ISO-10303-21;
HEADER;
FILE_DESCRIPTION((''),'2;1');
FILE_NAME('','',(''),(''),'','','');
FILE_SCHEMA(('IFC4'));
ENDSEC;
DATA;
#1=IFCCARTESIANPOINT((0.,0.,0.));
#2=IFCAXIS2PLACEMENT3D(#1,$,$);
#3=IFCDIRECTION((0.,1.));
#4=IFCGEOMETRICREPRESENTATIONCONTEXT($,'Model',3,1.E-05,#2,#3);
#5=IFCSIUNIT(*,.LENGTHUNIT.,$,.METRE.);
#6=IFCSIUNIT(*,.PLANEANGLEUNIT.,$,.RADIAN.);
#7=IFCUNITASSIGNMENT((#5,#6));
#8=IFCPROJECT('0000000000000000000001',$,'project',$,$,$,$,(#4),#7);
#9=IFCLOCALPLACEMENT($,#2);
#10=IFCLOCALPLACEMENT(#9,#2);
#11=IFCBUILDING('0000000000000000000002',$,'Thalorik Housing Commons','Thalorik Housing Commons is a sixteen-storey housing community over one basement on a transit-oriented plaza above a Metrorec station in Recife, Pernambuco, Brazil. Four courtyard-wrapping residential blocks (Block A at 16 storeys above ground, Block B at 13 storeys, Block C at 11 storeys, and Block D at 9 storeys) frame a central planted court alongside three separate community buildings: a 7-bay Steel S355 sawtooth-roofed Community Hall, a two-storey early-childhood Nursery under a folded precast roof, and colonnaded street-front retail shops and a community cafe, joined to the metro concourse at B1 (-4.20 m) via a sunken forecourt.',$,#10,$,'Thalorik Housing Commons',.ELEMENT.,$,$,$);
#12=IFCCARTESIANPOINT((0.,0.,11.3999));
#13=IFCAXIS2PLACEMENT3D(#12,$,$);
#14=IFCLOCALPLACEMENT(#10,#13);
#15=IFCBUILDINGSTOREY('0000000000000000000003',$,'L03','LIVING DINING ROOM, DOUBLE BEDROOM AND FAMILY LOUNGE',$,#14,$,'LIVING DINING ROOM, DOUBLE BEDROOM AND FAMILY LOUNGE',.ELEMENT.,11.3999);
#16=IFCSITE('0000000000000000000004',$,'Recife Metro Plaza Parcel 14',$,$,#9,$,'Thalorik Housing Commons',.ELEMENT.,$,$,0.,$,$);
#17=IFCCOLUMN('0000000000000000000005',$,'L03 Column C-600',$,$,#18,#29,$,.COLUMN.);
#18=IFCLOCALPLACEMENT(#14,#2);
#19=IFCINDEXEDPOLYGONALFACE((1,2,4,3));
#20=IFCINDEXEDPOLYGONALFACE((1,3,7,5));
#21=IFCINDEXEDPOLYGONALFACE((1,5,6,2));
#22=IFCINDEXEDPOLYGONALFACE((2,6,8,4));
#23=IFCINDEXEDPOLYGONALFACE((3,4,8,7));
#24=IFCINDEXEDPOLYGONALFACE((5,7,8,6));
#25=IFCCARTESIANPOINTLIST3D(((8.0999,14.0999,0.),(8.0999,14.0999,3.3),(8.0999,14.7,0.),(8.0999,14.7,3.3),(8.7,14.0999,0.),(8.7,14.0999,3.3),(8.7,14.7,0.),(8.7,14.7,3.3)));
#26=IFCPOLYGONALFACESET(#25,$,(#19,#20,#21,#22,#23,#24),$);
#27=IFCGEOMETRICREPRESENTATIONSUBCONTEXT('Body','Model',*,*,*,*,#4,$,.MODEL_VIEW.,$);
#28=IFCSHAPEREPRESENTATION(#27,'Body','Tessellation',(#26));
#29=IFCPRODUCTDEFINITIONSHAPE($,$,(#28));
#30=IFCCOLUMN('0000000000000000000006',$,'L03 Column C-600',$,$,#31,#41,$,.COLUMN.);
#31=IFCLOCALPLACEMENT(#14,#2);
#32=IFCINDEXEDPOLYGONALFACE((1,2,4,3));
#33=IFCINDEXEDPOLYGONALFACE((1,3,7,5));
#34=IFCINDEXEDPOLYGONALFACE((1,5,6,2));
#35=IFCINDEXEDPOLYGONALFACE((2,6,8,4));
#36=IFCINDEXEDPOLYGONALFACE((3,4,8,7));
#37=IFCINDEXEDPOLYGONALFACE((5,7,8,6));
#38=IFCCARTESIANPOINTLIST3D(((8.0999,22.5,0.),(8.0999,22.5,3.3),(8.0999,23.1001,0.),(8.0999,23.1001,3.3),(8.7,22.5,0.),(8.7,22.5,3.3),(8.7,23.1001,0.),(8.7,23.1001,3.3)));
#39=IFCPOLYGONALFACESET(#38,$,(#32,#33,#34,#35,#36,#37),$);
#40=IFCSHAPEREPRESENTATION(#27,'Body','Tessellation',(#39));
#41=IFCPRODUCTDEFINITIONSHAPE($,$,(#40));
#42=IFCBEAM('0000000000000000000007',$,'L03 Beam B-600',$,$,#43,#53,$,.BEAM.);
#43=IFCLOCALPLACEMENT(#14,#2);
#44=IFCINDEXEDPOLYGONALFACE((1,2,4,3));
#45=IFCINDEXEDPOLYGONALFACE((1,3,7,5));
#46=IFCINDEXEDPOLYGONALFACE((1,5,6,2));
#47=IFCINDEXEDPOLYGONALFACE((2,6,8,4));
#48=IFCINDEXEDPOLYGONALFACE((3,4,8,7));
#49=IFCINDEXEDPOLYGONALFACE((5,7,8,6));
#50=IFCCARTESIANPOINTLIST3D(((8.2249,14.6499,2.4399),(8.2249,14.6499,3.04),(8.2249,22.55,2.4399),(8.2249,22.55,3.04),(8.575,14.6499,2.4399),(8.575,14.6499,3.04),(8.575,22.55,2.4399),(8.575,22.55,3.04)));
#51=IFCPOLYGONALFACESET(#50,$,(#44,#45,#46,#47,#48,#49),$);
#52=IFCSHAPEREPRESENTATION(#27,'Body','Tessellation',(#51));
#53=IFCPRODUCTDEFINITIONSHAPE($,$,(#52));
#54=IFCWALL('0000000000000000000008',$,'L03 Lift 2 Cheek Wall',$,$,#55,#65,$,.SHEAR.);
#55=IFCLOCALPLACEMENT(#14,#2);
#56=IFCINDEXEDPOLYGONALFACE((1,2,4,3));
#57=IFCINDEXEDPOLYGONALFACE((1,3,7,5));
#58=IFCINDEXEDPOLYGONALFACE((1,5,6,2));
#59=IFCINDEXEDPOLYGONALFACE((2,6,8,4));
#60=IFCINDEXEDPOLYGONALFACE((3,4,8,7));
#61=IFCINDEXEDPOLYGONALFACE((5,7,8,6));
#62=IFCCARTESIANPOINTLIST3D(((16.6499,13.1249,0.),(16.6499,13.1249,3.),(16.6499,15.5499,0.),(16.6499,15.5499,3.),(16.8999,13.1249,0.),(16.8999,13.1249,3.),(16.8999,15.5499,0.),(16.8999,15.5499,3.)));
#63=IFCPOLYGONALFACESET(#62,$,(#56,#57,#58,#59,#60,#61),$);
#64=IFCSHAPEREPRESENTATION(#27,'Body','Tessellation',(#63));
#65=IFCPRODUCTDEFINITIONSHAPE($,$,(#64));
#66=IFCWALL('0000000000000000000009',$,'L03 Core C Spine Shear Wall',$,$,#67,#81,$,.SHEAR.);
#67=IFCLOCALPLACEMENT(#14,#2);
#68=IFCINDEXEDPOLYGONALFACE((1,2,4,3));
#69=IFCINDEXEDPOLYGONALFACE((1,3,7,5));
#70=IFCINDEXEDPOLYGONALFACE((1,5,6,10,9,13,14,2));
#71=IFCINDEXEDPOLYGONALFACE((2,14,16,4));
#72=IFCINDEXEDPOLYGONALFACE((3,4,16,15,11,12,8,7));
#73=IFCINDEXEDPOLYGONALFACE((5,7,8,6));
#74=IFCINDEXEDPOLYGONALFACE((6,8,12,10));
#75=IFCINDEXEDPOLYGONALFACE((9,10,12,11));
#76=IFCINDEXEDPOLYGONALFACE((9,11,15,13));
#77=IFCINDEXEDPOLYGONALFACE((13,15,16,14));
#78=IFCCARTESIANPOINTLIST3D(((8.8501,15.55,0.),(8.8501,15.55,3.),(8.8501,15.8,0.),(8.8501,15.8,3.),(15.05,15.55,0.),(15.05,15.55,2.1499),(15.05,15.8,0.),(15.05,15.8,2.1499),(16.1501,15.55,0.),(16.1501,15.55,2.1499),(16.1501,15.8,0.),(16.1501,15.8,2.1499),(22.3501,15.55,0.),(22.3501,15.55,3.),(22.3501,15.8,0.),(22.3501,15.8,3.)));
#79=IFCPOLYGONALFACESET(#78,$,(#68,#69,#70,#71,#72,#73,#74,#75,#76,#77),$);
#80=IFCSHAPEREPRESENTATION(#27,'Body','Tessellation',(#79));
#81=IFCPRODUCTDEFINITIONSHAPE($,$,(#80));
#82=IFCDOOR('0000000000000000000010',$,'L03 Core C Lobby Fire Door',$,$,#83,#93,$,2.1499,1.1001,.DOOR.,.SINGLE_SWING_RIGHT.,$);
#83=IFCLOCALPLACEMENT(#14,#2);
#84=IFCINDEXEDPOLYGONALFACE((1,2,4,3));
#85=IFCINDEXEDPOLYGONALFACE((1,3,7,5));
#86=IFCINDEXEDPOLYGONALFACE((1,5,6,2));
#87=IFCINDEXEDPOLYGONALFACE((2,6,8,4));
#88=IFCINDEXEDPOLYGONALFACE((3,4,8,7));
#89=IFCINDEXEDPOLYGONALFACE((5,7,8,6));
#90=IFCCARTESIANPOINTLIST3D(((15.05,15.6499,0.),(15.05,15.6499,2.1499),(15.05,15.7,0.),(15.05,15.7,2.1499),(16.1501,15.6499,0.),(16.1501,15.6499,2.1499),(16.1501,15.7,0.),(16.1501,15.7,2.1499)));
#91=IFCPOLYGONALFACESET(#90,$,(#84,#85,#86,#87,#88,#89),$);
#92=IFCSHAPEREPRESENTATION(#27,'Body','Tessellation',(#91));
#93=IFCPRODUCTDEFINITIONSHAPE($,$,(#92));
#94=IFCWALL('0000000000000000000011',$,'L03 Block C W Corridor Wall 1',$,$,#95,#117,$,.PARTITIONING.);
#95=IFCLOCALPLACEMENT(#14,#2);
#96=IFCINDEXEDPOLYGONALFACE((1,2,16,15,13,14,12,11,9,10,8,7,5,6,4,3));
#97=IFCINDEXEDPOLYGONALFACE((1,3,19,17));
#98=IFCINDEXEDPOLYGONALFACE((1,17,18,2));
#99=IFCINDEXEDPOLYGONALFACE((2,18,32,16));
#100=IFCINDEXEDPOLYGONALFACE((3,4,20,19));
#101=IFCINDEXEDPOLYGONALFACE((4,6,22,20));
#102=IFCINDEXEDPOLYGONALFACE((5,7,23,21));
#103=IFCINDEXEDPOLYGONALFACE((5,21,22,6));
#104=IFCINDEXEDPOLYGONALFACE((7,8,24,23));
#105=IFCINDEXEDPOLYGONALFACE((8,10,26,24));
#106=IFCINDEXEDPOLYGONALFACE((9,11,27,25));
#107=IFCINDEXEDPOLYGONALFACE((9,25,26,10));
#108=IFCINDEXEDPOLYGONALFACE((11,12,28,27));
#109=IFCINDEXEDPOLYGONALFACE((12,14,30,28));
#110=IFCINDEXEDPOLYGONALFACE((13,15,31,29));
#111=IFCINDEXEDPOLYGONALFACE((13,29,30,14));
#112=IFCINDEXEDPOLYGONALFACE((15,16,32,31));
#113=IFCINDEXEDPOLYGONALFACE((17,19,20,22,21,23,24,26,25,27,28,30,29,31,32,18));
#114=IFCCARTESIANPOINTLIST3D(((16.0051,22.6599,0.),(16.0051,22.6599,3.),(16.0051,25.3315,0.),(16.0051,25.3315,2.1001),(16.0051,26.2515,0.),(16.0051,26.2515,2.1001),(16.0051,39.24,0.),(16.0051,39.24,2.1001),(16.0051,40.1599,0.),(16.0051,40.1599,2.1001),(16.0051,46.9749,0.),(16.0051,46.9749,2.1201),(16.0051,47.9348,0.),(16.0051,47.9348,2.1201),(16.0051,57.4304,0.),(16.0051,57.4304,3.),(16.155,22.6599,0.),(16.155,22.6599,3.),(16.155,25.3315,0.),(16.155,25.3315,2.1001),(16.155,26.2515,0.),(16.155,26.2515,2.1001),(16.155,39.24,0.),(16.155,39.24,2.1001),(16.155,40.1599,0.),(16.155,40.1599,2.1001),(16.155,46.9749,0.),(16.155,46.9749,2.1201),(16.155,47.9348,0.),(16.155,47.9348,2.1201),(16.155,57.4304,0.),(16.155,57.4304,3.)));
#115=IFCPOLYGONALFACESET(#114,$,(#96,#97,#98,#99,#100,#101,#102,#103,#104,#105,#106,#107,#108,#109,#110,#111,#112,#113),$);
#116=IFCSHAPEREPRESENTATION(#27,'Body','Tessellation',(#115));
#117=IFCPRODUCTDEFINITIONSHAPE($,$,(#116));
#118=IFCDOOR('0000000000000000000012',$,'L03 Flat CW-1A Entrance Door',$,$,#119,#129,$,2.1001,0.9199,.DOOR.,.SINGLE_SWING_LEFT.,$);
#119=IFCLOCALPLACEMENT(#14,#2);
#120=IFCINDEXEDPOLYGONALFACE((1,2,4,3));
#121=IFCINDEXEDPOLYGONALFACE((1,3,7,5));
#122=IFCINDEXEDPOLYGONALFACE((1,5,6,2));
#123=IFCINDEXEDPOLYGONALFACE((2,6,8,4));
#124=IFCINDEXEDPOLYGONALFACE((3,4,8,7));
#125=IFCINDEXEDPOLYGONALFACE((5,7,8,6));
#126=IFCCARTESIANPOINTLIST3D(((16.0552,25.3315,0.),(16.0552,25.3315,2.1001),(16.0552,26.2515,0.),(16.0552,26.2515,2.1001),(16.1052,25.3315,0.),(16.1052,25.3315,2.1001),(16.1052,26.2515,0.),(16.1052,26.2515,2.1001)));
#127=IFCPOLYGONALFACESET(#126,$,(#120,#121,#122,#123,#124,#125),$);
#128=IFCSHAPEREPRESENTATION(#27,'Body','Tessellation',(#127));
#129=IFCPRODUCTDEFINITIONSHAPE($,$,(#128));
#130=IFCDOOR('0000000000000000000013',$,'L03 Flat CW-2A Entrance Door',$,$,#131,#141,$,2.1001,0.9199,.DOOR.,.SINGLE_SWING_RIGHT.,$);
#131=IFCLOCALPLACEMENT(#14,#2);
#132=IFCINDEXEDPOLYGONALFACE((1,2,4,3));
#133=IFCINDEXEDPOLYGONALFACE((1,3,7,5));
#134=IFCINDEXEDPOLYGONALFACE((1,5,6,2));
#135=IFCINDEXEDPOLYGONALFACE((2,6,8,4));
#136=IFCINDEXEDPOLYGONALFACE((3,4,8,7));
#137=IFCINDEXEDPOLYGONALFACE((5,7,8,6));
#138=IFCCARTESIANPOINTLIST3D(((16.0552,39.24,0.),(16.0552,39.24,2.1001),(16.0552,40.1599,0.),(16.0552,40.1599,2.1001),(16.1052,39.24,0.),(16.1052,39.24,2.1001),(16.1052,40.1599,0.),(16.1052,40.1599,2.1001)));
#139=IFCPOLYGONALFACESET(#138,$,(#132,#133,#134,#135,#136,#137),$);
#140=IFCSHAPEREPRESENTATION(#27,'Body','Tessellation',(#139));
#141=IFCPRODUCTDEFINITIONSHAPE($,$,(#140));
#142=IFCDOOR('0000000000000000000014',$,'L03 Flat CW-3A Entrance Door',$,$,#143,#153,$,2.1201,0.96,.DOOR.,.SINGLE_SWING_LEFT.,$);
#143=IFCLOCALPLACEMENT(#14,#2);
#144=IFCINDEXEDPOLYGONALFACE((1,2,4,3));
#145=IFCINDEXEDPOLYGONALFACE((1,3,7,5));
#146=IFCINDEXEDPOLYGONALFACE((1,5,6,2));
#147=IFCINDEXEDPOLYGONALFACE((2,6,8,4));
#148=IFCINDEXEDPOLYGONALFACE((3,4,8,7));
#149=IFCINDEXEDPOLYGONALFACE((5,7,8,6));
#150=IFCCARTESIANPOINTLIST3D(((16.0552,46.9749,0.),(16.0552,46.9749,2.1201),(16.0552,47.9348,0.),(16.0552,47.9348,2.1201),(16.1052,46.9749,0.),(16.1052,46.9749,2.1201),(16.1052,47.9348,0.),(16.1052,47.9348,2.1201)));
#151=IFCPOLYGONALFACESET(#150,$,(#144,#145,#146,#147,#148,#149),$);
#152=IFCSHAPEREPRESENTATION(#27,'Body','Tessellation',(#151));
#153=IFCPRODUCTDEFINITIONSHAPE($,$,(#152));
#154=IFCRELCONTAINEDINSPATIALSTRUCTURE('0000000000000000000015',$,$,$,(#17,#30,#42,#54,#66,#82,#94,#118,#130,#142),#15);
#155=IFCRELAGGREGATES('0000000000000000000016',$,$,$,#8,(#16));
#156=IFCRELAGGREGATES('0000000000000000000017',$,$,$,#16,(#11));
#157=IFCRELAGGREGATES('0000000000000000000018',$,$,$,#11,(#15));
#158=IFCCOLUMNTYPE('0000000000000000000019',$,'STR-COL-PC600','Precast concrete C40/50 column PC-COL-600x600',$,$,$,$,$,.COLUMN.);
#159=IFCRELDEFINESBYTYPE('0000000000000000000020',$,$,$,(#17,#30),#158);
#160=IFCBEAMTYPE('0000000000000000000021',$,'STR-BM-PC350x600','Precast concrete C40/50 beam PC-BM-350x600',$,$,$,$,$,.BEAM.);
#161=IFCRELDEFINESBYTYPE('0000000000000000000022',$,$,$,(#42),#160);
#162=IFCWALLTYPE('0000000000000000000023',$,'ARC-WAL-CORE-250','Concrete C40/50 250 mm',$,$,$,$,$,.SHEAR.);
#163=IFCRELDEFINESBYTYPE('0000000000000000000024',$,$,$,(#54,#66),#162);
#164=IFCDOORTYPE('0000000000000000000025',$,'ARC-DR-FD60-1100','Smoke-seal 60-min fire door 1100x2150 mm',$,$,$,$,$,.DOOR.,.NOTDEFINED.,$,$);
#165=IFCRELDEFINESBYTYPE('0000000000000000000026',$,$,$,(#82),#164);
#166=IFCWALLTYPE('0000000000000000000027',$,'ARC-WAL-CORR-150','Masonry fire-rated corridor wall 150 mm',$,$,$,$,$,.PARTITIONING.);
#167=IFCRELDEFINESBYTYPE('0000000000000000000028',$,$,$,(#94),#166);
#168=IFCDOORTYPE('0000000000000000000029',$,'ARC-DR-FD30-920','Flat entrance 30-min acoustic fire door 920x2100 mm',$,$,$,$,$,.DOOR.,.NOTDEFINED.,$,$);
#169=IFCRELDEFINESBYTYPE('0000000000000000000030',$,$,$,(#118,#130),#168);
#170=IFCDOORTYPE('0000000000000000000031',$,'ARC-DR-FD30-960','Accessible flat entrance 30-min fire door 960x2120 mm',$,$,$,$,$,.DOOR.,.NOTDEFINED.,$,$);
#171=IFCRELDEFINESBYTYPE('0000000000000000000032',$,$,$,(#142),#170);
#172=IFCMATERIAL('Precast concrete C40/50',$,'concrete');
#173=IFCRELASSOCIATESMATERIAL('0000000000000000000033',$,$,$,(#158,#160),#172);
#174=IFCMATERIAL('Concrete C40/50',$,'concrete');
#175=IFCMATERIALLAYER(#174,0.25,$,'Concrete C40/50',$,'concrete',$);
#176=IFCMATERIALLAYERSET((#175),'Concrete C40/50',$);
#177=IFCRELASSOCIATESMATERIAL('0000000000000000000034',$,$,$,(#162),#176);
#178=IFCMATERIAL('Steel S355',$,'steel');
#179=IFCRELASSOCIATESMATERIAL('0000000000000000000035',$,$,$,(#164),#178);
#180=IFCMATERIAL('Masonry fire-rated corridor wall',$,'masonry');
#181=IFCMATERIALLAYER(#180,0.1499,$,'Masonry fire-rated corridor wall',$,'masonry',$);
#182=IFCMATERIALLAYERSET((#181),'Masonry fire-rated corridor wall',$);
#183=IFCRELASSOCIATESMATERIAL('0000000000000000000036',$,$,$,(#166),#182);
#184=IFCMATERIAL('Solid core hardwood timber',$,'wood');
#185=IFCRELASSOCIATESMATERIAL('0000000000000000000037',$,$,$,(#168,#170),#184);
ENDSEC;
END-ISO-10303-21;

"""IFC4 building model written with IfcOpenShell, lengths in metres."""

from ifc_helpers import new_model, si_unit, direction, frame, frame_2d, origin, origin_2d, place, context, subcontext, project, spatial, rectangle, extrude, material, layer, layer_set, material_profile, profile_set, type_object, element, fill, save


model = new_model("IFC4")

# Units and contexts
model_context = context("Model", 3, precision=1e-05, world=origin(), true_north=direction((0.0, 1.0)))
body_context = subcontext(model_context, "Body", "Model", "MODEL_VIEW")
ifc_project = project(units=[si_unit("LENGTHUNIT", "METRE"), si_unit("PLANEANGLEUNIT", "RADIAN")], contexts=[model_context])

# Site, building, storey
site_placement = place(None, origin())
site = spatial("IfcSite", under=ifc_project, at=site_placement, Name="Recife Metro Plaza Parcel 14", LongName="Thalorik Housing Commons", CompositionType="ELEMENT", RefElevation=0.0)
building_placement = place(site_placement, origin())
building = spatial("IfcBuilding", under=site, at=building_placement, Name="Thalorik Housing Commons", Description="Thalorik Housing Commons is a sixteen-storey housing community over one basement on a transit-oriented plaza above a Metrorec station in Recife, Pernambuco, Brazil. Four courtyard-wrapping residential blocks (Block A at 16 storeys above ground, Block B at 13 storeys, Block C at 11 storeys, and Block D at 9 storeys) frame a central planted court alongside three separate community buildings: a 7-bay Steel S355 sawtooth-roofed Community Hall, a two-storey early-childhood Nursery under a folded precast roof, and colonnaded street-front retail shops and a community cafe, joined to the metro concourse at B1 (-4.20 m) via a sunken forecourt.", LongName="Thalorik Housing Commons", CompositionType="ELEMENT")
storey_placement = place(building_placement, frame((0.0, 0.0, 11.3999)))
storey = spatial("IfcBuildingStorey", under=building, at=storey_placement, Name="L03", Description="LIVING DINING ROOM, DOUBLE BEDROOM AND FAMILY LOUNGE", LongName="LIVING DINING ROOM, DOUBLE BEDROOM AND FAMILY LOUNGE", CompositionType="ELEMENT", Elevation=11.3999)

# Columns
ifc_material_1 = material(Name="Precast concrete C40/50", Category="concrete")
ifc_material_profile_1 = material_profile(ifc_material_1, rectangle(XDim=0.6001, YDim=0.6001, at=origin_2d()), Name="PC 600x600", Category="concrete")
ifc_profile_set_1 = profile_set([ifc_material_profile_1], Name="Precast concrete C40/50")
column_type = type_object("IfcColumnType", Name="STR-COL-PC600", Description="Precast concrete C40/50 column PC-COL-600x600", PredefinedType="COLUMN", material=ifc_profile_set_1)
for number, where, z_axis, x_axis, name in (
    (1, (8.3999, 14.3999, 0.0), (0.0, 0.0, 1.0), (1.0, 0.0, 0.0), "L03 Column C-600"),
    (2, (8.3999, 22.8, 0.0), (0.0, 0.0, 1.0), (1.0, 0.0, 0.0), "L03 Column C-600"),
):
    element("IfcColumn", number, at=place(storey_placement, frame(where, z_axis=z_axis, x_axis=x_axis)), inside=storey, type_object=column_type, Name=name, PredefinedType="COLUMN", context=body_context, shape_type="SweptSolid", body=[
        extrude(rectangle(XDim=0.6001, YDim=0.6001, at=origin_2d()), origin(), (0.0, 0.0, 1.0), 3.3),
    ])

# Beam
ifc_material_profile_2 = material_profile(ifc_material_1, rectangle(XDim=0.3501, YDim=0.6001, at=origin_2d()), Name="PC 350x600", Category="concrete")
ifc_profile_set_2 = profile_set([ifc_material_profile_2], Name="Precast concrete C40/50")
beam_type = type_object("IfcBeamType", Name="STR-BM-PC350x600", Description="Precast concrete C40/50 beam PC-BM-350x600", PredefinedType="BEAM", material=ifc_profile_set_2)
beam_placement = place(storey_placement, frame((8.3999, 14.6499, 2.74), z_axis=(0.0, 1.0, 0.0), x_axis=(-1.0, 0.0, 0.0)))
element("IfcBeam", 3, at=beam_placement, inside=storey, type_object=beam_type, Name="L03 Beam B-600", PredefinedType="BEAM", context=body_context, shape_type="SweptSolid", body=[
    extrude(rectangle(XDim=0.3501, YDim=0.6001, at=origin_2d()), origin(), (0.0, 0.0, 1.0), 7.9001),
])

# Wall
ifc_material_2 = material(Name="Concrete C40/50", Category="concrete")
ifc_layer_1 = layer(ifc_material_2, 0.25, Name="Concrete C40/50", Category="concrete")
ifc_layer_set_1 = layer_set([ifc_layer_1], Name="Concrete C40/50")
wall_type_1 = type_object("IfcWallType", Name="ARC-WAL-CORE-250", Description="Concrete C40/50 250 mm", PredefinedType="SHEAR", material=ifc_layer_set_1)
wall_1_placement = place(storey_placement, frame((16.7749, 13.125, 0.0), z_axis=(0.0, 0.0, 1.0), x_axis=(0.0, 1.0, 0.0)))
element("IfcWall", 4, at=wall_1_placement, inside=storey, type_object=wall_type_1, Name="L03 Lift 2 Cheek Wall", PredefinedType="SHEAR", context=body_context, shape_type="SweptSolid", body=[
    extrude(rectangle(XDim=2.425, YDim=0.25, at=frame_2d((1.2124, 0.0))), origin(), (0.0, 0.0, 1.0), 3.0),
])

# Wall, opening, door
wall_2_placement = place(storey_placement, frame((8.8501, 15.675, 0.0), z_axis=(0.0, 0.0, 1.0), x_axis=(1.0, 0.0, 0.0)))
wall_2 = element("IfcWall", 5, at=wall_2_placement, inside=storey, type_object=wall_type_1, Name="L03 Core C Spine Shear Wall", PredefinedType="SHEAR", context=body_context, shape_type="SweptSolid", body=[
    extrude(rectangle(XDim=13.5, YDim=0.25, at=frame_2d((6.75, 0.0))), origin(), (0.0, 0.0, 1.0), 3.0),
])
opening_1_placement = place(wall_2_placement, frame((6.2, 0.0, 0.0)))
opening_1 = element("IfcOpeningElement", 6, at=opening_1_placement, cuts=wall_2, PredefinedType="OPENING", context=body_context, shape_type="SweptSolid", body=[
    extrude(rectangle(XDim=1.1001, YDim=2.1499, at=frame_2d((0.55, 1.075))), frame((0.0, 0.135, 0.0), z_axis=(0.0, -1.0, 0.0), x_axis=(1.0, 0.0, 0.0)), (0.0, 0.0, 1.0), 0.27),
])
ifc_material_3 = material(Name="Steel S355", Category="steel")
door_type_1 = type_object("IfcDoorType", Name="ARC-DR-FD60-1100", Description="Smoke-seal 60-min fire door 1100x2150 mm", OperationType="NOTDEFINED", PredefinedType="DOOR", material=ifc_material_3)
door_1_placement = place(opening_1_placement, origin())
door_1 = element("IfcDoor", 7, at=door_1_placement, inside=storey, type_object=door_type_1, Name="L03 Core C Lobby Fire Door", OperationType="SINGLE_SWING_RIGHT", OverallHeight=2.1499, OverallWidth=1.1001, PredefinedType="DOOR", context=body_context, shape_type="SweptSolid", body=[
    extrude(rectangle(XDim=1.1001, YDim=2.1499, at=frame_2d((0.55, 1.075))), frame((0.0, 0.0249, 0.0), z_axis=(0.0, -1.0, 0.0), x_axis=(1.0, 0.0, 0.0)), (0.0, 0.0, 1.0), 0.05),
])
fill(opening_1, door_1)

# Wall, openings, doors
ifc_material_4 = material(Name="Masonry fire-rated corridor wall", Category="masonry")
ifc_layer_2 = layer(ifc_material_4, 0.1499, Name="Masonry fire-rated corridor wall", Category="masonry")
ifc_layer_set_2 = layer_set([ifc_layer_2], Name="Masonry fire-rated corridor wall")
wall_type_2 = type_object("IfcWallType", Name="ARC-WAL-CORR-150", Description="Masonry fire-rated corridor wall 150 mm", PredefinedType="PARTITIONING", material=ifc_layer_set_2)
wall_3_placement = place(storey_placement, frame((16.0801, 22.6599, 0.0), z_axis=(0.0, 0.0, 1.0), x_axis=(0.0, 1.0, 0.0)))
wall_3 = element("IfcWall", 8, at=wall_3_placement, inside=storey, type_object=wall_type_2, Name="L03 Block C W Corridor Wall 1", PredefinedType="PARTITIONING", context=body_context, shape_type="SweptSolid", body=[
    extrude(rectangle(XDim=34.7705, YDim=0.1499, at=frame_2d((17.3853, 0.0))), origin(), (0.0, 0.0, 1.0), 3.0),
])
opening_2_placement = place(wall_3_placement, frame((2.6716, 0.0, 0.0)))
opening_2 = element("IfcOpeningElement", 9, at=opening_2_placement, cuts=wall_3, PredefinedType="OPENING", context=body_context, shape_type="SweptSolid", body=[
    extrude(rectangle(XDim=0.9199, YDim=2.1001, at=frame_2d((0.46, 1.05))), frame((0.0, 0.085, 0.0), z_axis=(0.0, -1.0, 0.0), x_axis=(1.0, 0.0, 0.0)), (0.0, 0.0, 1.0), 0.1699),
])
opening_3_placement = place(wall_3_placement, frame((16.5801, 0.0, 0.0)))
opening_3 = element("IfcOpeningElement", 10, at=opening_3_placement, cuts=wall_3, PredefinedType="OPENING", context=body_context, shape_type="SweptSolid", body=[
    extrude(rectangle(XDim=0.9199, YDim=2.1001, at=frame_2d((0.46, 1.05))), frame((0.0, 0.085, 0.0), z_axis=(0.0, -1.0, 0.0), x_axis=(1.0, 0.0, 0.0)), (0.0, 0.0, 1.0), 0.1699),
])
opening_4_placement = place(wall_3_placement, frame((24.3149, 0.0, 0.0)))
opening_4 = element("IfcOpeningElement", 11, at=opening_4_placement, cuts=wall_3, PredefinedType="OPENING", context=body_context, shape_type="SweptSolid", body=[
    extrude(rectangle(XDim=0.96, YDim=2.1201, at=frame_2d((0.48, 1.0601))), frame((0.0, 0.085, 0.0), z_axis=(0.0, -1.0, 0.0), x_axis=(1.0, 0.0, 0.0)), (0.0, 0.0, 1.0), 0.1699),
])
ifc_material_5 = material(Name="Solid core hardwood timber", Category="wood")
door_type_2 = type_object("IfcDoorType", Name="ARC-DR-FD30-920", Description="Flat entrance 30-min acoustic fire door 920x2100 mm", OperationType="NOTDEFINED", PredefinedType="DOOR", material=ifc_material_5)
door_2_placement = place(opening_2_placement, origin())
door_2 = element("IfcDoor", 12, at=door_2_placement, inside=storey, type_object=door_type_2, Name="L03 Flat CW-1A Entrance Door", OperationType="SINGLE_SWING_LEFT", OverallHeight=2.1001, OverallWidth=0.9199, PredefinedType="DOOR", context=body_context, shape_type="SweptSolid", body=[
    extrude(rectangle(XDim=0.9199, YDim=2.1001, at=frame_2d((0.46, 1.05))), frame((0.0, 0.0249, 0.0), z_axis=(0.0, -1.0, 0.0), x_axis=(1.0, 0.0, 0.0)), (0.0, 0.0, 1.0), 0.05),
])
fill(opening_2, door_2)
door_3_placement = place(opening_3_placement, origin())
door_3 = element("IfcDoor", 13, at=door_3_placement, inside=storey, type_object=door_type_2, Name="L03 Flat CW-2A Entrance Door", OperationType="SINGLE_SWING_RIGHT", OverallHeight=2.1001, OverallWidth=0.9199, PredefinedType="DOOR", context=body_context, shape_type="SweptSolid", body=[
    extrude(rectangle(XDim=0.9199, YDim=2.1001, at=frame_2d((0.46, 1.05))), frame((0.0, 0.0249, 0.0), z_axis=(0.0, -1.0, 0.0), x_axis=(1.0, 0.0, 0.0)), (0.0, 0.0, 1.0), 0.05),
])
fill(opening_3, door_3)
door_type_3 = type_object("IfcDoorType", Name="ARC-DR-FD30-960", Description="Accessible flat entrance 30-min fire door 960x2120 mm", OperationType="NOTDEFINED", PredefinedType="DOOR", material=ifc_material_5)
door_4_placement = place(opening_4_placement, origin())
door_4 = element("IfcDoor", 14, at=door_4_placement, inside=storey, type_object=door_type_3, Name="L03 Flat CW-3A Entrance Door", OperationType="SINGLE_SWING_LEFT", OverallHeight=2.1201, OverallWidth=0.96, PredefinedType="DOOR", context=body_context, shape_type="SweptSolid", body=[
    extrude(rectangle(XDim=0.96, YDim=2.1201, at=frame_2d((0.48, 1.0601))), frame((0.0, 0.0249, 0.0), z_axis=(0.0, -1.0, 0.0), x_axis=(1.0, 0.0, 0.0)), (0.0, 0.0, 1.0), 0.05),
])
fill(opening_4, door_4)

save(model, "model.ifc")
